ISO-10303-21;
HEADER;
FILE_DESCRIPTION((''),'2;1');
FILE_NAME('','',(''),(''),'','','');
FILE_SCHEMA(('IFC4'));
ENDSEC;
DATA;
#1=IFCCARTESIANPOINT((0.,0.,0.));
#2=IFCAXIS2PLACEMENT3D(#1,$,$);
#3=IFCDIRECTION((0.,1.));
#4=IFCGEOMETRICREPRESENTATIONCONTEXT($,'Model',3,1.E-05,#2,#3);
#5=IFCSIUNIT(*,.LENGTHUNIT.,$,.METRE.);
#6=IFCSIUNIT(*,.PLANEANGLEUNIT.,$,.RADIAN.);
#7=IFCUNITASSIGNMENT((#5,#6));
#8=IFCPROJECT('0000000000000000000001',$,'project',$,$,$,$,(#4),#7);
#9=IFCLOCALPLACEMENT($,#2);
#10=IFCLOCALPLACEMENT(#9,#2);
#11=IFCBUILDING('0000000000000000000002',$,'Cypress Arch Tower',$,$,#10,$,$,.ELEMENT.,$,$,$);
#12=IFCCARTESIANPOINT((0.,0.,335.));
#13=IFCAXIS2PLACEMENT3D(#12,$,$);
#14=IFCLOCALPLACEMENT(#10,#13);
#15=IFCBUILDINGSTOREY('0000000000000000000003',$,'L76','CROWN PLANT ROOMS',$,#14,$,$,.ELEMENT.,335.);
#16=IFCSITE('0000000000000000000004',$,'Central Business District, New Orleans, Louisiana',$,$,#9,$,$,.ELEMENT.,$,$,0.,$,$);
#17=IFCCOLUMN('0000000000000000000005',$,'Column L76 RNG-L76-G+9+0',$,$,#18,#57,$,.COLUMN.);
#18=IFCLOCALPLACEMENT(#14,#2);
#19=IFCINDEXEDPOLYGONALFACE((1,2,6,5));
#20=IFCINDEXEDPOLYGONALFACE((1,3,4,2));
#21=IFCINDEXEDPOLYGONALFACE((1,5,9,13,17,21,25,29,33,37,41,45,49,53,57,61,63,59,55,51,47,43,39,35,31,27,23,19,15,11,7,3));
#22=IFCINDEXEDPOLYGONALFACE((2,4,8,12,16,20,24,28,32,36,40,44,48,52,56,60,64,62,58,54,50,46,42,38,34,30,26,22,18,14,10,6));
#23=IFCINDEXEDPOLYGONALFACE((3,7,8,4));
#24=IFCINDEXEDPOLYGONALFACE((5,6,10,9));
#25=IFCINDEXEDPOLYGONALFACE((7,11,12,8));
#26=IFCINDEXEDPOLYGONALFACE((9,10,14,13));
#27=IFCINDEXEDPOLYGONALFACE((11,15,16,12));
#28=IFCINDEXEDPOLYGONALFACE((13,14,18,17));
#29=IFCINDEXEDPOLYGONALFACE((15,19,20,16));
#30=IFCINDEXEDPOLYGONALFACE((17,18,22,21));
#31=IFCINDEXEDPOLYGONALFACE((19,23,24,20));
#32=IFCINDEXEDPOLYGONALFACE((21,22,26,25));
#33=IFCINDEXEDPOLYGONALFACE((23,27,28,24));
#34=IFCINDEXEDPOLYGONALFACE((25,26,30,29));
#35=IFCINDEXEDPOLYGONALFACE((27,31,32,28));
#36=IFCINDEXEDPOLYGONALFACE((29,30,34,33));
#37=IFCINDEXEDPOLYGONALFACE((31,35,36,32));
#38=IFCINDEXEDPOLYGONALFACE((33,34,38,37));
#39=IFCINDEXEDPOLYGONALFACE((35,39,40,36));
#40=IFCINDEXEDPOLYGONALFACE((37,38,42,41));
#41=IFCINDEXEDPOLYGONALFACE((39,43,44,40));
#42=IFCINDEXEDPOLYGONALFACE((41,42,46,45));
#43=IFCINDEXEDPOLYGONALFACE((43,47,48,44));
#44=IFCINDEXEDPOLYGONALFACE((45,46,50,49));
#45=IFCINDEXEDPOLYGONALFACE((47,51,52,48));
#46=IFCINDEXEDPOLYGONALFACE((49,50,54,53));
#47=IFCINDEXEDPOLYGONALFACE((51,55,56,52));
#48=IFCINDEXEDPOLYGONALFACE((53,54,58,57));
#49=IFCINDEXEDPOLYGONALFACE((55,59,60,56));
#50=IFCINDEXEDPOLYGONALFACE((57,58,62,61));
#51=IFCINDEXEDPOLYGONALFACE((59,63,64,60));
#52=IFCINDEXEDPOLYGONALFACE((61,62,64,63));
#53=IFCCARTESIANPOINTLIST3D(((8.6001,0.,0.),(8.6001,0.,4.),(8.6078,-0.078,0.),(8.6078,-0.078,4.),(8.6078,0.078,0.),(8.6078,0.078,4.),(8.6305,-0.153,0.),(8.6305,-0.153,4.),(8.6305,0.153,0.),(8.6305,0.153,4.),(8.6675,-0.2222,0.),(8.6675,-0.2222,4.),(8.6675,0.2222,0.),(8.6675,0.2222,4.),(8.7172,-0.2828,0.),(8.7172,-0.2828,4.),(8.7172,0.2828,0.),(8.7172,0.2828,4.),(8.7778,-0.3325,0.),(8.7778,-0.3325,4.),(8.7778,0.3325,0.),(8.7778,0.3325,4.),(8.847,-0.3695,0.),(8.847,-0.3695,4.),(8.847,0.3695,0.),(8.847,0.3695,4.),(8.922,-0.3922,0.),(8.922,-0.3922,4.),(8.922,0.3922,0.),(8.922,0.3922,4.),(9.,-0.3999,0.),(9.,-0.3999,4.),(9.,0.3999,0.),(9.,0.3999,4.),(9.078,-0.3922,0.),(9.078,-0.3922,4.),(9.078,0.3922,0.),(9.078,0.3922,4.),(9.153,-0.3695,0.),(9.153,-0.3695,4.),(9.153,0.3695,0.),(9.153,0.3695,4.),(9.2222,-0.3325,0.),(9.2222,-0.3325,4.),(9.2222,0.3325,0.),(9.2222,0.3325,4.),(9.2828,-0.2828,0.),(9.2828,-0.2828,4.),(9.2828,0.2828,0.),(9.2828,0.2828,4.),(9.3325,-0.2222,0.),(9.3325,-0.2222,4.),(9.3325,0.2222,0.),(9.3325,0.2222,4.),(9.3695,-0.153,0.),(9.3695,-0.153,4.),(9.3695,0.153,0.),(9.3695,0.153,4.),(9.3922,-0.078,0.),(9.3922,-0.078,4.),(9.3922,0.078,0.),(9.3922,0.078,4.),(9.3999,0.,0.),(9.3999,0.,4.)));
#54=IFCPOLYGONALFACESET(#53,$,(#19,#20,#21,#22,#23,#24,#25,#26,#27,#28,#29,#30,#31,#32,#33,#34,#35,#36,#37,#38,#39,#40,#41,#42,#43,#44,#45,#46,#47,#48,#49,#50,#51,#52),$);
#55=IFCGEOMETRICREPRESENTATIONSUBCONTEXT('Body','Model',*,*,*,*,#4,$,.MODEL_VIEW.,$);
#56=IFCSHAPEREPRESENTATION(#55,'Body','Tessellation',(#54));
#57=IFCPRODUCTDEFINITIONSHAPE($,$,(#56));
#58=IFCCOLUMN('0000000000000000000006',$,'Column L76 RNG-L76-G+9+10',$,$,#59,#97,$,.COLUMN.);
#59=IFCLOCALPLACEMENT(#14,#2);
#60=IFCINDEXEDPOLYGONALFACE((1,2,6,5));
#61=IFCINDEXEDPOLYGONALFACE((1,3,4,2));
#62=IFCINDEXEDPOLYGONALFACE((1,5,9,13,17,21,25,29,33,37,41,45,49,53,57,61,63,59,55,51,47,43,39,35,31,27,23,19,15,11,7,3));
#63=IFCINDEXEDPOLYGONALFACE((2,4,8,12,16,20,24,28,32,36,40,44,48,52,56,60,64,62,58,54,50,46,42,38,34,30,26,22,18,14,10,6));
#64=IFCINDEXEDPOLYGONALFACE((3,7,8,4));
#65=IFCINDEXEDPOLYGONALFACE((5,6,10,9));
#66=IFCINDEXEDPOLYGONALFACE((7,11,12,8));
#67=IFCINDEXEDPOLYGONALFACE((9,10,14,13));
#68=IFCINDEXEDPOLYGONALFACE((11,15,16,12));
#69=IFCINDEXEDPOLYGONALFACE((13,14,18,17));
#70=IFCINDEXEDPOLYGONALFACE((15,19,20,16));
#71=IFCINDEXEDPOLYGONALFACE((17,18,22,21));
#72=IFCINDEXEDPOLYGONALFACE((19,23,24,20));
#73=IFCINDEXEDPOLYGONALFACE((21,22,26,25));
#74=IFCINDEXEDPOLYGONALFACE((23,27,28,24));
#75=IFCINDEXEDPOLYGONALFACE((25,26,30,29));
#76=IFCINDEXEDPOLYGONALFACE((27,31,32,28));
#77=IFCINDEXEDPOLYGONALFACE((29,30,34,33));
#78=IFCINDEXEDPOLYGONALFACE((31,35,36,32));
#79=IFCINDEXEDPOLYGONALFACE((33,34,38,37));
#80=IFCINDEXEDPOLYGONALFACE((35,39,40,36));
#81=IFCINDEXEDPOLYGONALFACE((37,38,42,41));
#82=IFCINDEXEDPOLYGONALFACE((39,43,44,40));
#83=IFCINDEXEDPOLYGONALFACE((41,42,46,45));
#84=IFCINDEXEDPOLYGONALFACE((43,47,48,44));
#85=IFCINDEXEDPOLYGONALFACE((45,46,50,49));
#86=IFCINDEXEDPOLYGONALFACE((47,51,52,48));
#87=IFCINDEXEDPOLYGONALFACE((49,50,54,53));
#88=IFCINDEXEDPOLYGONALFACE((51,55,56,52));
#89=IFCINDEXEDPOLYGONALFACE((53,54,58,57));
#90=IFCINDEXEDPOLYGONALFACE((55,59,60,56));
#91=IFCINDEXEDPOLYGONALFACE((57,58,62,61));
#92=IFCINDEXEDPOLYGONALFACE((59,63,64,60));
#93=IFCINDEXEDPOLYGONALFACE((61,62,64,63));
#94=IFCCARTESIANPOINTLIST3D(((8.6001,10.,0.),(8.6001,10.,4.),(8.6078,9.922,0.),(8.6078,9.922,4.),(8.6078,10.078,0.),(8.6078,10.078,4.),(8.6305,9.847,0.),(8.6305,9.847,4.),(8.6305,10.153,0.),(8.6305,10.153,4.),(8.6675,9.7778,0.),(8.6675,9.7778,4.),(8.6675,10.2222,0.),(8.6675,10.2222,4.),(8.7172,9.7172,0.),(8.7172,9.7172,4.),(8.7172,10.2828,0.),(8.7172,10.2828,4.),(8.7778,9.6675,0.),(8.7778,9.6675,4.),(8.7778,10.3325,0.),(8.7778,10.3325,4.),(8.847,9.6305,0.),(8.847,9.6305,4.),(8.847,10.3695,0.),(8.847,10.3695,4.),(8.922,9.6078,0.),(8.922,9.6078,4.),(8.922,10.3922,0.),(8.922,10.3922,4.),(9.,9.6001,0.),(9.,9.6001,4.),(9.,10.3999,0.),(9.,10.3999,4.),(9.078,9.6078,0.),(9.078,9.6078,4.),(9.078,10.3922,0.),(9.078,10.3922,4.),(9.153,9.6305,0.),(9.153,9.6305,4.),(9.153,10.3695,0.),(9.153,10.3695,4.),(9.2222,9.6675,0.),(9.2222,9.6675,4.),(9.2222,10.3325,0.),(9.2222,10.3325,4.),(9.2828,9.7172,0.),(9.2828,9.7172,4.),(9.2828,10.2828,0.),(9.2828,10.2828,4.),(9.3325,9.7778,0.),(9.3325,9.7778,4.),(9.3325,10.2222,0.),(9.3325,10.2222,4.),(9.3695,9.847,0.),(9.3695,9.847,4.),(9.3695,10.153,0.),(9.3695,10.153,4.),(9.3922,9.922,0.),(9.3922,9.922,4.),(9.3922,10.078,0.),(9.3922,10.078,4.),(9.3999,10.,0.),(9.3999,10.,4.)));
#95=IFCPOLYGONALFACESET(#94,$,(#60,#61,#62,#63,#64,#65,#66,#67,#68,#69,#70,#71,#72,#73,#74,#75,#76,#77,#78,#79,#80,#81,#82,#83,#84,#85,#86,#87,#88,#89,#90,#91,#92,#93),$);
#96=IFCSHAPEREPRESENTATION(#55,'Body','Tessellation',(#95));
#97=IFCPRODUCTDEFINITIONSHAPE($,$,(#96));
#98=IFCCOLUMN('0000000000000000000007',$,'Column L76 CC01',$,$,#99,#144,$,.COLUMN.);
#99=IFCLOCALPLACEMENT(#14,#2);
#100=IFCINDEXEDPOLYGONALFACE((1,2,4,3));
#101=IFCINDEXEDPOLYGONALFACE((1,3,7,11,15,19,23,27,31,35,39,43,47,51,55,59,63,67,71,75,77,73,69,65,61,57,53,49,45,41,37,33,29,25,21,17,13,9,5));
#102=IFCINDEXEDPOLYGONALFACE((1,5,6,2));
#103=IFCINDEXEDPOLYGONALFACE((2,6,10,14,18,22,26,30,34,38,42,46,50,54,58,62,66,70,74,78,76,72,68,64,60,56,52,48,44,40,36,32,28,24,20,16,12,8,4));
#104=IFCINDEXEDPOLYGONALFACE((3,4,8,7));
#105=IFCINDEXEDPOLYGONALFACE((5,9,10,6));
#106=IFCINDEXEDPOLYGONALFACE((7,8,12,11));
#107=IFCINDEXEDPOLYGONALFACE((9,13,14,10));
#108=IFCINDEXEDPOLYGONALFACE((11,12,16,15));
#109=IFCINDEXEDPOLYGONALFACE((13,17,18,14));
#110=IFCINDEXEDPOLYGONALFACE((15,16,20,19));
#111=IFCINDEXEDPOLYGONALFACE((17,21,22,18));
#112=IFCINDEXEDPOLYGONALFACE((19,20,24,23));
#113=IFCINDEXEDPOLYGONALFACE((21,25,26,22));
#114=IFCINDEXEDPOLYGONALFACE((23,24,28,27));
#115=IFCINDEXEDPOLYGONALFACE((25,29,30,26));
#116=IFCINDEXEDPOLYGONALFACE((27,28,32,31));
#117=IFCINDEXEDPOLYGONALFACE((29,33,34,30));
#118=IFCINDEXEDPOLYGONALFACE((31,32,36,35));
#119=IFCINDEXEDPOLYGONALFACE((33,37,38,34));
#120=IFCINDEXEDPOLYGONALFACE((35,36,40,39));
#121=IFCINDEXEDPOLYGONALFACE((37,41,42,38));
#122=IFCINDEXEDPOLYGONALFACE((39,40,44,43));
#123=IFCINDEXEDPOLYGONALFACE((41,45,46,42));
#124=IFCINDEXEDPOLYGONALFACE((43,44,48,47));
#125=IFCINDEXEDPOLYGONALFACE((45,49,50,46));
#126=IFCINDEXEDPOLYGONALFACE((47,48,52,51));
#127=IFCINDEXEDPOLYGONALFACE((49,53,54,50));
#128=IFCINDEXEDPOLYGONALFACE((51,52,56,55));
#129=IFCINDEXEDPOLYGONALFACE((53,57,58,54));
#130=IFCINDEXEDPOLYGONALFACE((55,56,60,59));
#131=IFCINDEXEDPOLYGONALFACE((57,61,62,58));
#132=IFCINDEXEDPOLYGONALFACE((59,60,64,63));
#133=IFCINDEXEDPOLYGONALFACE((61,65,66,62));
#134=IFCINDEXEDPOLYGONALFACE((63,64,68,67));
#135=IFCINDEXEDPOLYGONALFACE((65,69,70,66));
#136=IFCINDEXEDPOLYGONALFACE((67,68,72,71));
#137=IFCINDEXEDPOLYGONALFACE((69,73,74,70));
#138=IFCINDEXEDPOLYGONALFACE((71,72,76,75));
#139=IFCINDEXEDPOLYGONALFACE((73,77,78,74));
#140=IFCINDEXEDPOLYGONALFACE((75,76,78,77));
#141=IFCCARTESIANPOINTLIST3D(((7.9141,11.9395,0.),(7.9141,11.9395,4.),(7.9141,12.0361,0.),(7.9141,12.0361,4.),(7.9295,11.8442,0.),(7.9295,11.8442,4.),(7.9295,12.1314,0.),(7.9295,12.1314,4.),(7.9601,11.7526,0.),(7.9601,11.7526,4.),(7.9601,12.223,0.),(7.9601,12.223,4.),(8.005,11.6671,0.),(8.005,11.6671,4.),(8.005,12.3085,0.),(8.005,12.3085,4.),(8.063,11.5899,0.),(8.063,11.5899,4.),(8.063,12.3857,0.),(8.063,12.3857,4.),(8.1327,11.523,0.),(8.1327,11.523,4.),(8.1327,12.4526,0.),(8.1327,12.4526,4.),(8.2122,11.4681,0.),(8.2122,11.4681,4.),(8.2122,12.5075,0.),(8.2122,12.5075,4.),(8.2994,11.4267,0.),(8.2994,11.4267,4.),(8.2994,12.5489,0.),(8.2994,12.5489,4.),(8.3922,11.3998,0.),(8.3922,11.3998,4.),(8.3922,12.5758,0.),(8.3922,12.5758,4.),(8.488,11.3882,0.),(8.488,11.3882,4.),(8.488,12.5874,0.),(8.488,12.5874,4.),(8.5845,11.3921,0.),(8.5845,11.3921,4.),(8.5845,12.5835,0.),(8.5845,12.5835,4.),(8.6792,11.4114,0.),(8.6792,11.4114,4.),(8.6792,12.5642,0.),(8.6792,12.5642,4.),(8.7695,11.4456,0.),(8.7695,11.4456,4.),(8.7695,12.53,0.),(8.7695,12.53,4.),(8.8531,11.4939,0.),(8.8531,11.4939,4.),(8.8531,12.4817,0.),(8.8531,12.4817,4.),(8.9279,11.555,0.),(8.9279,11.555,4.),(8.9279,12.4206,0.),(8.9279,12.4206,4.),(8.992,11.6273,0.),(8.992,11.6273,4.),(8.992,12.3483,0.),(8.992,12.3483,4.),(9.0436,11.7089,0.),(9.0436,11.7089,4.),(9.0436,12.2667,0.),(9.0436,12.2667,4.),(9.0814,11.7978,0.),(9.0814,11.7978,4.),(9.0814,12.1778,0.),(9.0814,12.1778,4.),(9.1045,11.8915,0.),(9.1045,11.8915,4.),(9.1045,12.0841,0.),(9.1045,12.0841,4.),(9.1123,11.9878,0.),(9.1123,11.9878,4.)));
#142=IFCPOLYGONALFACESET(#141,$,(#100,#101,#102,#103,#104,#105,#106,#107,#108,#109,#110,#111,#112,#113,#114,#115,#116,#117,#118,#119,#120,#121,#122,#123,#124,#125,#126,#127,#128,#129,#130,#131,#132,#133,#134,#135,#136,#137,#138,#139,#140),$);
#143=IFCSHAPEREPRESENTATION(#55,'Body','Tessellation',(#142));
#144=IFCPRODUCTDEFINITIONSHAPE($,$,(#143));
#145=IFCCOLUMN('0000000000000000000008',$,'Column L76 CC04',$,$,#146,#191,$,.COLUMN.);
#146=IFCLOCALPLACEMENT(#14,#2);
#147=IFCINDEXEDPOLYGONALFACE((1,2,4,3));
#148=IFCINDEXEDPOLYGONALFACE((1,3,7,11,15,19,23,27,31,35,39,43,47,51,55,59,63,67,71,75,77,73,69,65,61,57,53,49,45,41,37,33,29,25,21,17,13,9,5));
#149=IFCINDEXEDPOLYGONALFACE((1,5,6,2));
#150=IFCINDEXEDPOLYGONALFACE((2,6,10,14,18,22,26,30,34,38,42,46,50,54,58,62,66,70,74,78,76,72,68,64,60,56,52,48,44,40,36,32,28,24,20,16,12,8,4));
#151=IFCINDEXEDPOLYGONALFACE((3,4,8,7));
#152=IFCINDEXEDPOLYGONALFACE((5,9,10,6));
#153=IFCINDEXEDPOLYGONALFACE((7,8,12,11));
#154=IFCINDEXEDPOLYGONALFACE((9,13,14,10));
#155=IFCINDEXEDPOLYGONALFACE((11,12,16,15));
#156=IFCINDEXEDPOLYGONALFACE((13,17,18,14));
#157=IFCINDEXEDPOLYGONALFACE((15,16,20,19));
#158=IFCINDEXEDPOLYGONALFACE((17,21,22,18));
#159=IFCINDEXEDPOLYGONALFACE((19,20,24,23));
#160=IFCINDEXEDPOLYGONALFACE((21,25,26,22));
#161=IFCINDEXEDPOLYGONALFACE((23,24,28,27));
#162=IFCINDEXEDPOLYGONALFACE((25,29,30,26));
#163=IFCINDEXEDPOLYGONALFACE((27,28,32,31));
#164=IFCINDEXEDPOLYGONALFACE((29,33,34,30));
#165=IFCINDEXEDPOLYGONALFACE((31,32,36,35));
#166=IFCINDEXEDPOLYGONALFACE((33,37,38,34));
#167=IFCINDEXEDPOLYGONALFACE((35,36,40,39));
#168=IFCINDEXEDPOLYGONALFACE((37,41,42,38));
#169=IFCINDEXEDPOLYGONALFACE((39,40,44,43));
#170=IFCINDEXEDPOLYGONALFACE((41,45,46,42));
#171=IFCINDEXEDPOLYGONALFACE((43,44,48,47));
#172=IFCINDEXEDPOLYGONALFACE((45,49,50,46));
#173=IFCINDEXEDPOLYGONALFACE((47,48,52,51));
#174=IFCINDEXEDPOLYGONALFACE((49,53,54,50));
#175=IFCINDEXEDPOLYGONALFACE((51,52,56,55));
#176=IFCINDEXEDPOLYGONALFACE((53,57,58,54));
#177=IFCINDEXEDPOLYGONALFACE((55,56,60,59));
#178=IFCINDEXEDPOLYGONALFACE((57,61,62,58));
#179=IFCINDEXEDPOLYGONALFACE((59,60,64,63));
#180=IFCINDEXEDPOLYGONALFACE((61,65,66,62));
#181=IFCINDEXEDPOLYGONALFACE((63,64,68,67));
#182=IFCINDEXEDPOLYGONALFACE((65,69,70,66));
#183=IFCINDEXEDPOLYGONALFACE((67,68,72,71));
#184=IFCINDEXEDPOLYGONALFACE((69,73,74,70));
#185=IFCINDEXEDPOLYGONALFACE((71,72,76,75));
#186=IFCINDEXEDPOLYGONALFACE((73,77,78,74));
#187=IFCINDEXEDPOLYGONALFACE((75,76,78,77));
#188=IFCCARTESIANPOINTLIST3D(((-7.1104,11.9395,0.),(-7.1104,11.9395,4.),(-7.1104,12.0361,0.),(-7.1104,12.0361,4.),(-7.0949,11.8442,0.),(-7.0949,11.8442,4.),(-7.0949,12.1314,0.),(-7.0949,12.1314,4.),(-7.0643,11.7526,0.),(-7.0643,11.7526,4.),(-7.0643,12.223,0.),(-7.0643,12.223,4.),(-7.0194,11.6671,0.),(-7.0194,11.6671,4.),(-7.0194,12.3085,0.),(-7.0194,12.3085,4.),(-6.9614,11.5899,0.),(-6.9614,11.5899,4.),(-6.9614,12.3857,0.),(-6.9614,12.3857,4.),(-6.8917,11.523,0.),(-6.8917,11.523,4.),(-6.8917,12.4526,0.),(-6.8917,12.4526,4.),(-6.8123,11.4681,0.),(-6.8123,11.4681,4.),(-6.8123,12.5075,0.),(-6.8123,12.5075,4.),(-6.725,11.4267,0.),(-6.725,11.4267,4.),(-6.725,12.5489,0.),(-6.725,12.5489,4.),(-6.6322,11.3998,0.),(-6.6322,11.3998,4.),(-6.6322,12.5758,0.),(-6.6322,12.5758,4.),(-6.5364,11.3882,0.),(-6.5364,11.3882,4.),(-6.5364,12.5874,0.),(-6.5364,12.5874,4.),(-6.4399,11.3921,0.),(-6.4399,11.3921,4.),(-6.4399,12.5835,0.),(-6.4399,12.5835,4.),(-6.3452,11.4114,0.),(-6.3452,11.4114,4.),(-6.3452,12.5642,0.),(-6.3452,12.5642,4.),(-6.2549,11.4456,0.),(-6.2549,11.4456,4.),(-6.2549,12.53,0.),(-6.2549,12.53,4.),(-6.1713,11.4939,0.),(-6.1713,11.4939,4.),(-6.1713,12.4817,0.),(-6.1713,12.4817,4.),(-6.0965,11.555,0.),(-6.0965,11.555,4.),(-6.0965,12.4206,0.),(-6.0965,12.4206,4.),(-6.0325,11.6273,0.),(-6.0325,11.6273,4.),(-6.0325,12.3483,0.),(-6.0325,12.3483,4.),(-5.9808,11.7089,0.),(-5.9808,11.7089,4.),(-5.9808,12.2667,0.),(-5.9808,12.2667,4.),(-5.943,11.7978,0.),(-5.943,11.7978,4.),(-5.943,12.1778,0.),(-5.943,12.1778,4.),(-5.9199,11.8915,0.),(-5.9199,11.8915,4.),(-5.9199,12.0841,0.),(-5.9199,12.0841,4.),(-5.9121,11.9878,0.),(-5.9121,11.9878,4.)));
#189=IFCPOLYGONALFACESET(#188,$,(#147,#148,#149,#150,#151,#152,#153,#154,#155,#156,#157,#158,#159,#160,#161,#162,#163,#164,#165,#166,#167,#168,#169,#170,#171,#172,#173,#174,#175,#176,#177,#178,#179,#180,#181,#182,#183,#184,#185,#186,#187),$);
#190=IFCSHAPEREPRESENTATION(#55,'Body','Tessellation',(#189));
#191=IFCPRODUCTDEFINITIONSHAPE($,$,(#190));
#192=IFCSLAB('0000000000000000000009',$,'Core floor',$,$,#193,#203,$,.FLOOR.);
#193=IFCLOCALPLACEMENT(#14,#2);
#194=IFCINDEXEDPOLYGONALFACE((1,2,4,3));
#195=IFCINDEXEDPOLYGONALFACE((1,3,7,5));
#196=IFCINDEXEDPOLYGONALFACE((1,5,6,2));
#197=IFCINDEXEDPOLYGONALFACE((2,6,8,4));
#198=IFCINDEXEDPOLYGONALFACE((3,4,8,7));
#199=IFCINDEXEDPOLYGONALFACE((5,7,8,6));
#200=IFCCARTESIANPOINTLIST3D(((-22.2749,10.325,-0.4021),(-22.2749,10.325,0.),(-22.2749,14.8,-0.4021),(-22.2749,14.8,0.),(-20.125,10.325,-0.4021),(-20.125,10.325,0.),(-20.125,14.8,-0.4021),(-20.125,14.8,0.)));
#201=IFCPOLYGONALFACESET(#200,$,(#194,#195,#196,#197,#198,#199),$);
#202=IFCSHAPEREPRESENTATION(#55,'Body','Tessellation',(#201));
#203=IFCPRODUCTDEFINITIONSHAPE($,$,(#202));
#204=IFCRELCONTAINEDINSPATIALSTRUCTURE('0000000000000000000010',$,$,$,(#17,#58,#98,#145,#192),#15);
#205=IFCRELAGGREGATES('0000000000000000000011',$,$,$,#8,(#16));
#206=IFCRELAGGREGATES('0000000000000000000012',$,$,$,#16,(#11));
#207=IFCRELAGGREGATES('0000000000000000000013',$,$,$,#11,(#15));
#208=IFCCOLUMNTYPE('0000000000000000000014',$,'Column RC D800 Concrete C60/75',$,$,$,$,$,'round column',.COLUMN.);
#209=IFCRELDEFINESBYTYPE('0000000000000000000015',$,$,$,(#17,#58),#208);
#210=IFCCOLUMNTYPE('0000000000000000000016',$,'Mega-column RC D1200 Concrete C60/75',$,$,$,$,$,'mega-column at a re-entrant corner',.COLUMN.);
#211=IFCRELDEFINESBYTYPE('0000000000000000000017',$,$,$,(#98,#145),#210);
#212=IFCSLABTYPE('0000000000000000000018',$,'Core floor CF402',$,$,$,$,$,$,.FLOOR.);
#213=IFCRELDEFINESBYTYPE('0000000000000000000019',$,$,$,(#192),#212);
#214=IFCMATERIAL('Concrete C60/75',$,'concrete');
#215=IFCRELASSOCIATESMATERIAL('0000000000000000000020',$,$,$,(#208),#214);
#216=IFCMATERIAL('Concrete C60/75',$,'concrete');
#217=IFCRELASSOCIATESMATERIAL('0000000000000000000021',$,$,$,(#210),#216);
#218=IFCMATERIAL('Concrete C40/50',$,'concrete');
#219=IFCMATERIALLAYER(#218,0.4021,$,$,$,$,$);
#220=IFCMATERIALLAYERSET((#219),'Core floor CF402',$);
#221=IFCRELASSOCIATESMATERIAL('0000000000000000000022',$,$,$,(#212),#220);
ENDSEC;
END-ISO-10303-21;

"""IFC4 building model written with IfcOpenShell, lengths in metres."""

from ifc_helpers import new_model, si_unit, direction, frame, origin, origin_2d, place, context, subcontext, project, spatial, polyline, circle, outline, extrude, material, layer, layer_set, material_profile, profile_set, type_object, element, save


model = new_model("IFC4")

# Units and contexts
model_context = context("Model", 3, precision=1e-05, world=origin(), true_north=direction((0.0, 1.0)))
body_context = subcontext(model_context, "Body", "Model", "MODEL_VIEW")
ifc_project = project(units=[si_unit("LENGTHUNIT", "METRE"), si_unit("PLANEANGLEUNIT", "RADIAN")], contexts=[model_context])

# Site, building, storey
site_placement = place(None, origin())
site = spatial("IfcSite", under=ifc_project, at=site_placement, Name="Central Business District, New Orleans, Louisiana", CompositionType="ELEMENT", RefElevation=0.0)
building_placement = place(site_placement, origin())
building = spatial("IfcBuilding", under=site, at=building_placement, Name="Cypress Arch Tower", CompositionType="ELEMENT")
storey_placement = place(building_placement, frame((0.0, 0.0, 335.0)))
storey = spatial("IfcBuildingStorey", under=building, at=storey_placement, Name="L76", Description="CROWN PLANT ROOMS", CompositionType="ELEMENT", Elevation=335.0)

# Columns
ifc_material_1 = material(Name="Concrete C60/75", Category="concrete")
ifc_material_profile_1 = material_profile(ifc_material_1, circle(Radius=0.3999, at=origin_2d()), Name="RC D800")
ifc_profile_set_1 = profile_set([ifc_material_profile_1], Name="Concrete C60/75")
column_type_1 = type_object("IfcColumnType", Name="Column RC D800 Concrete C60/75", ElementType="round column", PredefinedType="COLUMN", material=ifc_profile_set_1)
for number, where, z_axis, x_axis, name in (
    (1, (9.0, 0.0, 0.0), (0.0, 0.0, 1.0), (1.0, 0.0, 0.0), "Column L76 RNG-L76-G+9+0"),
    (2, (9.0, 10.0, 0.0), (0.0, 0.0, 1.0), (1.0, 0.0, 0.0), "Column L76 RNG-L76-G+9+10"),
):
    element("IfcColumn", number, at=place(storey_placement, frame(where, z_axis=z_axis, x_axis=x_axis)), inside=storey, type_object=column_type_1, Name=name, PredefinedType="COLUMN", context=body_context, shape_type="SweptSolid", body=[
        extrude(circle(Radius=0.3999, at=origin_2d()), origin(), (0.0, 0.0, 1.0), 4.0),
    ])
ifc_material_2 = material(Name="Concrete C60/75", Category="concrete")
ifc_material_profile_2 = material_profile(ifc_material_2, circle(Radius=0.6001, at=origin_2d()), Name="RC D1200")
ifc_profile_set_2 = profile_set([ifc_material_profile_2], Name="Concrete C60/75")
column_type_2 = type_object("IfcColumnType", Name="Mega-column RC D1200 Concrete C60/75", ElementType="mega-column at a re-entrant corner", PredefinedType="COLUMN", material=ifc_profile_set_2)
for number, where, z_axis, x_axis, name in (
    (3, (8.5122, 11.9878, 0.0), (0.0, 0.0, 1.0), (1.0, 0.0, 0.0), "Column L76 CC01"),
    (4, (-6.5122, 11.9878, 0.0), (0.0, 0.0, 1.0), (1.0, 0.0, 0.0), "Column L76 CC04"),
):
    element("IfcColumn", number, at=place(storey_placement, frame(where, z_axis=z_axis, x_axis=x_axis)), inside=storey, type_object=column_type_2, Name=name, PredefinedType="COLUMN", context=body_context, shape_type="SweptSolid", body=[
        extrude(circle(Radius=0.6001, at=origin_2d()), origin(), (0.0, 0.0, 1.0), 4.0),
    ])

# Slab
ifc_material_3 = material(Name="Concrete C40/50", Category="concrete")
ifc_layer_1 = layer(ifc_material_3, 0.4021)
ifc_layer_set_1 = layer_set([ifc_layer_1], Name="Core floor CF402")
slab_type_1 = type_object("IfcSlabType", Name="Core floor CF402", PredefinedType="FLOOR", material=ifc_layer_set_1)
slab_1_placement = place(storey_placement, frame((0.0, 0.0, -0.4021)))
element("IfcSlab", 5, at=slab_1_placement, inside=storey, type_object=slab_type_1, Name="Core floor", PredefinedType="FLOOR", context=body_context, shape_type="SweptSolid", body=[
    extrude(outline(polyline([(-20.125, 14.8), (-22.2749, 14.8), (-22.2749, 10.325), (-20.125, 10.325), (-20.125, 14.8)])), origin(), (0.0, 0.0, 1.0), 0.4021),
])

save(model, "model.ifc")
